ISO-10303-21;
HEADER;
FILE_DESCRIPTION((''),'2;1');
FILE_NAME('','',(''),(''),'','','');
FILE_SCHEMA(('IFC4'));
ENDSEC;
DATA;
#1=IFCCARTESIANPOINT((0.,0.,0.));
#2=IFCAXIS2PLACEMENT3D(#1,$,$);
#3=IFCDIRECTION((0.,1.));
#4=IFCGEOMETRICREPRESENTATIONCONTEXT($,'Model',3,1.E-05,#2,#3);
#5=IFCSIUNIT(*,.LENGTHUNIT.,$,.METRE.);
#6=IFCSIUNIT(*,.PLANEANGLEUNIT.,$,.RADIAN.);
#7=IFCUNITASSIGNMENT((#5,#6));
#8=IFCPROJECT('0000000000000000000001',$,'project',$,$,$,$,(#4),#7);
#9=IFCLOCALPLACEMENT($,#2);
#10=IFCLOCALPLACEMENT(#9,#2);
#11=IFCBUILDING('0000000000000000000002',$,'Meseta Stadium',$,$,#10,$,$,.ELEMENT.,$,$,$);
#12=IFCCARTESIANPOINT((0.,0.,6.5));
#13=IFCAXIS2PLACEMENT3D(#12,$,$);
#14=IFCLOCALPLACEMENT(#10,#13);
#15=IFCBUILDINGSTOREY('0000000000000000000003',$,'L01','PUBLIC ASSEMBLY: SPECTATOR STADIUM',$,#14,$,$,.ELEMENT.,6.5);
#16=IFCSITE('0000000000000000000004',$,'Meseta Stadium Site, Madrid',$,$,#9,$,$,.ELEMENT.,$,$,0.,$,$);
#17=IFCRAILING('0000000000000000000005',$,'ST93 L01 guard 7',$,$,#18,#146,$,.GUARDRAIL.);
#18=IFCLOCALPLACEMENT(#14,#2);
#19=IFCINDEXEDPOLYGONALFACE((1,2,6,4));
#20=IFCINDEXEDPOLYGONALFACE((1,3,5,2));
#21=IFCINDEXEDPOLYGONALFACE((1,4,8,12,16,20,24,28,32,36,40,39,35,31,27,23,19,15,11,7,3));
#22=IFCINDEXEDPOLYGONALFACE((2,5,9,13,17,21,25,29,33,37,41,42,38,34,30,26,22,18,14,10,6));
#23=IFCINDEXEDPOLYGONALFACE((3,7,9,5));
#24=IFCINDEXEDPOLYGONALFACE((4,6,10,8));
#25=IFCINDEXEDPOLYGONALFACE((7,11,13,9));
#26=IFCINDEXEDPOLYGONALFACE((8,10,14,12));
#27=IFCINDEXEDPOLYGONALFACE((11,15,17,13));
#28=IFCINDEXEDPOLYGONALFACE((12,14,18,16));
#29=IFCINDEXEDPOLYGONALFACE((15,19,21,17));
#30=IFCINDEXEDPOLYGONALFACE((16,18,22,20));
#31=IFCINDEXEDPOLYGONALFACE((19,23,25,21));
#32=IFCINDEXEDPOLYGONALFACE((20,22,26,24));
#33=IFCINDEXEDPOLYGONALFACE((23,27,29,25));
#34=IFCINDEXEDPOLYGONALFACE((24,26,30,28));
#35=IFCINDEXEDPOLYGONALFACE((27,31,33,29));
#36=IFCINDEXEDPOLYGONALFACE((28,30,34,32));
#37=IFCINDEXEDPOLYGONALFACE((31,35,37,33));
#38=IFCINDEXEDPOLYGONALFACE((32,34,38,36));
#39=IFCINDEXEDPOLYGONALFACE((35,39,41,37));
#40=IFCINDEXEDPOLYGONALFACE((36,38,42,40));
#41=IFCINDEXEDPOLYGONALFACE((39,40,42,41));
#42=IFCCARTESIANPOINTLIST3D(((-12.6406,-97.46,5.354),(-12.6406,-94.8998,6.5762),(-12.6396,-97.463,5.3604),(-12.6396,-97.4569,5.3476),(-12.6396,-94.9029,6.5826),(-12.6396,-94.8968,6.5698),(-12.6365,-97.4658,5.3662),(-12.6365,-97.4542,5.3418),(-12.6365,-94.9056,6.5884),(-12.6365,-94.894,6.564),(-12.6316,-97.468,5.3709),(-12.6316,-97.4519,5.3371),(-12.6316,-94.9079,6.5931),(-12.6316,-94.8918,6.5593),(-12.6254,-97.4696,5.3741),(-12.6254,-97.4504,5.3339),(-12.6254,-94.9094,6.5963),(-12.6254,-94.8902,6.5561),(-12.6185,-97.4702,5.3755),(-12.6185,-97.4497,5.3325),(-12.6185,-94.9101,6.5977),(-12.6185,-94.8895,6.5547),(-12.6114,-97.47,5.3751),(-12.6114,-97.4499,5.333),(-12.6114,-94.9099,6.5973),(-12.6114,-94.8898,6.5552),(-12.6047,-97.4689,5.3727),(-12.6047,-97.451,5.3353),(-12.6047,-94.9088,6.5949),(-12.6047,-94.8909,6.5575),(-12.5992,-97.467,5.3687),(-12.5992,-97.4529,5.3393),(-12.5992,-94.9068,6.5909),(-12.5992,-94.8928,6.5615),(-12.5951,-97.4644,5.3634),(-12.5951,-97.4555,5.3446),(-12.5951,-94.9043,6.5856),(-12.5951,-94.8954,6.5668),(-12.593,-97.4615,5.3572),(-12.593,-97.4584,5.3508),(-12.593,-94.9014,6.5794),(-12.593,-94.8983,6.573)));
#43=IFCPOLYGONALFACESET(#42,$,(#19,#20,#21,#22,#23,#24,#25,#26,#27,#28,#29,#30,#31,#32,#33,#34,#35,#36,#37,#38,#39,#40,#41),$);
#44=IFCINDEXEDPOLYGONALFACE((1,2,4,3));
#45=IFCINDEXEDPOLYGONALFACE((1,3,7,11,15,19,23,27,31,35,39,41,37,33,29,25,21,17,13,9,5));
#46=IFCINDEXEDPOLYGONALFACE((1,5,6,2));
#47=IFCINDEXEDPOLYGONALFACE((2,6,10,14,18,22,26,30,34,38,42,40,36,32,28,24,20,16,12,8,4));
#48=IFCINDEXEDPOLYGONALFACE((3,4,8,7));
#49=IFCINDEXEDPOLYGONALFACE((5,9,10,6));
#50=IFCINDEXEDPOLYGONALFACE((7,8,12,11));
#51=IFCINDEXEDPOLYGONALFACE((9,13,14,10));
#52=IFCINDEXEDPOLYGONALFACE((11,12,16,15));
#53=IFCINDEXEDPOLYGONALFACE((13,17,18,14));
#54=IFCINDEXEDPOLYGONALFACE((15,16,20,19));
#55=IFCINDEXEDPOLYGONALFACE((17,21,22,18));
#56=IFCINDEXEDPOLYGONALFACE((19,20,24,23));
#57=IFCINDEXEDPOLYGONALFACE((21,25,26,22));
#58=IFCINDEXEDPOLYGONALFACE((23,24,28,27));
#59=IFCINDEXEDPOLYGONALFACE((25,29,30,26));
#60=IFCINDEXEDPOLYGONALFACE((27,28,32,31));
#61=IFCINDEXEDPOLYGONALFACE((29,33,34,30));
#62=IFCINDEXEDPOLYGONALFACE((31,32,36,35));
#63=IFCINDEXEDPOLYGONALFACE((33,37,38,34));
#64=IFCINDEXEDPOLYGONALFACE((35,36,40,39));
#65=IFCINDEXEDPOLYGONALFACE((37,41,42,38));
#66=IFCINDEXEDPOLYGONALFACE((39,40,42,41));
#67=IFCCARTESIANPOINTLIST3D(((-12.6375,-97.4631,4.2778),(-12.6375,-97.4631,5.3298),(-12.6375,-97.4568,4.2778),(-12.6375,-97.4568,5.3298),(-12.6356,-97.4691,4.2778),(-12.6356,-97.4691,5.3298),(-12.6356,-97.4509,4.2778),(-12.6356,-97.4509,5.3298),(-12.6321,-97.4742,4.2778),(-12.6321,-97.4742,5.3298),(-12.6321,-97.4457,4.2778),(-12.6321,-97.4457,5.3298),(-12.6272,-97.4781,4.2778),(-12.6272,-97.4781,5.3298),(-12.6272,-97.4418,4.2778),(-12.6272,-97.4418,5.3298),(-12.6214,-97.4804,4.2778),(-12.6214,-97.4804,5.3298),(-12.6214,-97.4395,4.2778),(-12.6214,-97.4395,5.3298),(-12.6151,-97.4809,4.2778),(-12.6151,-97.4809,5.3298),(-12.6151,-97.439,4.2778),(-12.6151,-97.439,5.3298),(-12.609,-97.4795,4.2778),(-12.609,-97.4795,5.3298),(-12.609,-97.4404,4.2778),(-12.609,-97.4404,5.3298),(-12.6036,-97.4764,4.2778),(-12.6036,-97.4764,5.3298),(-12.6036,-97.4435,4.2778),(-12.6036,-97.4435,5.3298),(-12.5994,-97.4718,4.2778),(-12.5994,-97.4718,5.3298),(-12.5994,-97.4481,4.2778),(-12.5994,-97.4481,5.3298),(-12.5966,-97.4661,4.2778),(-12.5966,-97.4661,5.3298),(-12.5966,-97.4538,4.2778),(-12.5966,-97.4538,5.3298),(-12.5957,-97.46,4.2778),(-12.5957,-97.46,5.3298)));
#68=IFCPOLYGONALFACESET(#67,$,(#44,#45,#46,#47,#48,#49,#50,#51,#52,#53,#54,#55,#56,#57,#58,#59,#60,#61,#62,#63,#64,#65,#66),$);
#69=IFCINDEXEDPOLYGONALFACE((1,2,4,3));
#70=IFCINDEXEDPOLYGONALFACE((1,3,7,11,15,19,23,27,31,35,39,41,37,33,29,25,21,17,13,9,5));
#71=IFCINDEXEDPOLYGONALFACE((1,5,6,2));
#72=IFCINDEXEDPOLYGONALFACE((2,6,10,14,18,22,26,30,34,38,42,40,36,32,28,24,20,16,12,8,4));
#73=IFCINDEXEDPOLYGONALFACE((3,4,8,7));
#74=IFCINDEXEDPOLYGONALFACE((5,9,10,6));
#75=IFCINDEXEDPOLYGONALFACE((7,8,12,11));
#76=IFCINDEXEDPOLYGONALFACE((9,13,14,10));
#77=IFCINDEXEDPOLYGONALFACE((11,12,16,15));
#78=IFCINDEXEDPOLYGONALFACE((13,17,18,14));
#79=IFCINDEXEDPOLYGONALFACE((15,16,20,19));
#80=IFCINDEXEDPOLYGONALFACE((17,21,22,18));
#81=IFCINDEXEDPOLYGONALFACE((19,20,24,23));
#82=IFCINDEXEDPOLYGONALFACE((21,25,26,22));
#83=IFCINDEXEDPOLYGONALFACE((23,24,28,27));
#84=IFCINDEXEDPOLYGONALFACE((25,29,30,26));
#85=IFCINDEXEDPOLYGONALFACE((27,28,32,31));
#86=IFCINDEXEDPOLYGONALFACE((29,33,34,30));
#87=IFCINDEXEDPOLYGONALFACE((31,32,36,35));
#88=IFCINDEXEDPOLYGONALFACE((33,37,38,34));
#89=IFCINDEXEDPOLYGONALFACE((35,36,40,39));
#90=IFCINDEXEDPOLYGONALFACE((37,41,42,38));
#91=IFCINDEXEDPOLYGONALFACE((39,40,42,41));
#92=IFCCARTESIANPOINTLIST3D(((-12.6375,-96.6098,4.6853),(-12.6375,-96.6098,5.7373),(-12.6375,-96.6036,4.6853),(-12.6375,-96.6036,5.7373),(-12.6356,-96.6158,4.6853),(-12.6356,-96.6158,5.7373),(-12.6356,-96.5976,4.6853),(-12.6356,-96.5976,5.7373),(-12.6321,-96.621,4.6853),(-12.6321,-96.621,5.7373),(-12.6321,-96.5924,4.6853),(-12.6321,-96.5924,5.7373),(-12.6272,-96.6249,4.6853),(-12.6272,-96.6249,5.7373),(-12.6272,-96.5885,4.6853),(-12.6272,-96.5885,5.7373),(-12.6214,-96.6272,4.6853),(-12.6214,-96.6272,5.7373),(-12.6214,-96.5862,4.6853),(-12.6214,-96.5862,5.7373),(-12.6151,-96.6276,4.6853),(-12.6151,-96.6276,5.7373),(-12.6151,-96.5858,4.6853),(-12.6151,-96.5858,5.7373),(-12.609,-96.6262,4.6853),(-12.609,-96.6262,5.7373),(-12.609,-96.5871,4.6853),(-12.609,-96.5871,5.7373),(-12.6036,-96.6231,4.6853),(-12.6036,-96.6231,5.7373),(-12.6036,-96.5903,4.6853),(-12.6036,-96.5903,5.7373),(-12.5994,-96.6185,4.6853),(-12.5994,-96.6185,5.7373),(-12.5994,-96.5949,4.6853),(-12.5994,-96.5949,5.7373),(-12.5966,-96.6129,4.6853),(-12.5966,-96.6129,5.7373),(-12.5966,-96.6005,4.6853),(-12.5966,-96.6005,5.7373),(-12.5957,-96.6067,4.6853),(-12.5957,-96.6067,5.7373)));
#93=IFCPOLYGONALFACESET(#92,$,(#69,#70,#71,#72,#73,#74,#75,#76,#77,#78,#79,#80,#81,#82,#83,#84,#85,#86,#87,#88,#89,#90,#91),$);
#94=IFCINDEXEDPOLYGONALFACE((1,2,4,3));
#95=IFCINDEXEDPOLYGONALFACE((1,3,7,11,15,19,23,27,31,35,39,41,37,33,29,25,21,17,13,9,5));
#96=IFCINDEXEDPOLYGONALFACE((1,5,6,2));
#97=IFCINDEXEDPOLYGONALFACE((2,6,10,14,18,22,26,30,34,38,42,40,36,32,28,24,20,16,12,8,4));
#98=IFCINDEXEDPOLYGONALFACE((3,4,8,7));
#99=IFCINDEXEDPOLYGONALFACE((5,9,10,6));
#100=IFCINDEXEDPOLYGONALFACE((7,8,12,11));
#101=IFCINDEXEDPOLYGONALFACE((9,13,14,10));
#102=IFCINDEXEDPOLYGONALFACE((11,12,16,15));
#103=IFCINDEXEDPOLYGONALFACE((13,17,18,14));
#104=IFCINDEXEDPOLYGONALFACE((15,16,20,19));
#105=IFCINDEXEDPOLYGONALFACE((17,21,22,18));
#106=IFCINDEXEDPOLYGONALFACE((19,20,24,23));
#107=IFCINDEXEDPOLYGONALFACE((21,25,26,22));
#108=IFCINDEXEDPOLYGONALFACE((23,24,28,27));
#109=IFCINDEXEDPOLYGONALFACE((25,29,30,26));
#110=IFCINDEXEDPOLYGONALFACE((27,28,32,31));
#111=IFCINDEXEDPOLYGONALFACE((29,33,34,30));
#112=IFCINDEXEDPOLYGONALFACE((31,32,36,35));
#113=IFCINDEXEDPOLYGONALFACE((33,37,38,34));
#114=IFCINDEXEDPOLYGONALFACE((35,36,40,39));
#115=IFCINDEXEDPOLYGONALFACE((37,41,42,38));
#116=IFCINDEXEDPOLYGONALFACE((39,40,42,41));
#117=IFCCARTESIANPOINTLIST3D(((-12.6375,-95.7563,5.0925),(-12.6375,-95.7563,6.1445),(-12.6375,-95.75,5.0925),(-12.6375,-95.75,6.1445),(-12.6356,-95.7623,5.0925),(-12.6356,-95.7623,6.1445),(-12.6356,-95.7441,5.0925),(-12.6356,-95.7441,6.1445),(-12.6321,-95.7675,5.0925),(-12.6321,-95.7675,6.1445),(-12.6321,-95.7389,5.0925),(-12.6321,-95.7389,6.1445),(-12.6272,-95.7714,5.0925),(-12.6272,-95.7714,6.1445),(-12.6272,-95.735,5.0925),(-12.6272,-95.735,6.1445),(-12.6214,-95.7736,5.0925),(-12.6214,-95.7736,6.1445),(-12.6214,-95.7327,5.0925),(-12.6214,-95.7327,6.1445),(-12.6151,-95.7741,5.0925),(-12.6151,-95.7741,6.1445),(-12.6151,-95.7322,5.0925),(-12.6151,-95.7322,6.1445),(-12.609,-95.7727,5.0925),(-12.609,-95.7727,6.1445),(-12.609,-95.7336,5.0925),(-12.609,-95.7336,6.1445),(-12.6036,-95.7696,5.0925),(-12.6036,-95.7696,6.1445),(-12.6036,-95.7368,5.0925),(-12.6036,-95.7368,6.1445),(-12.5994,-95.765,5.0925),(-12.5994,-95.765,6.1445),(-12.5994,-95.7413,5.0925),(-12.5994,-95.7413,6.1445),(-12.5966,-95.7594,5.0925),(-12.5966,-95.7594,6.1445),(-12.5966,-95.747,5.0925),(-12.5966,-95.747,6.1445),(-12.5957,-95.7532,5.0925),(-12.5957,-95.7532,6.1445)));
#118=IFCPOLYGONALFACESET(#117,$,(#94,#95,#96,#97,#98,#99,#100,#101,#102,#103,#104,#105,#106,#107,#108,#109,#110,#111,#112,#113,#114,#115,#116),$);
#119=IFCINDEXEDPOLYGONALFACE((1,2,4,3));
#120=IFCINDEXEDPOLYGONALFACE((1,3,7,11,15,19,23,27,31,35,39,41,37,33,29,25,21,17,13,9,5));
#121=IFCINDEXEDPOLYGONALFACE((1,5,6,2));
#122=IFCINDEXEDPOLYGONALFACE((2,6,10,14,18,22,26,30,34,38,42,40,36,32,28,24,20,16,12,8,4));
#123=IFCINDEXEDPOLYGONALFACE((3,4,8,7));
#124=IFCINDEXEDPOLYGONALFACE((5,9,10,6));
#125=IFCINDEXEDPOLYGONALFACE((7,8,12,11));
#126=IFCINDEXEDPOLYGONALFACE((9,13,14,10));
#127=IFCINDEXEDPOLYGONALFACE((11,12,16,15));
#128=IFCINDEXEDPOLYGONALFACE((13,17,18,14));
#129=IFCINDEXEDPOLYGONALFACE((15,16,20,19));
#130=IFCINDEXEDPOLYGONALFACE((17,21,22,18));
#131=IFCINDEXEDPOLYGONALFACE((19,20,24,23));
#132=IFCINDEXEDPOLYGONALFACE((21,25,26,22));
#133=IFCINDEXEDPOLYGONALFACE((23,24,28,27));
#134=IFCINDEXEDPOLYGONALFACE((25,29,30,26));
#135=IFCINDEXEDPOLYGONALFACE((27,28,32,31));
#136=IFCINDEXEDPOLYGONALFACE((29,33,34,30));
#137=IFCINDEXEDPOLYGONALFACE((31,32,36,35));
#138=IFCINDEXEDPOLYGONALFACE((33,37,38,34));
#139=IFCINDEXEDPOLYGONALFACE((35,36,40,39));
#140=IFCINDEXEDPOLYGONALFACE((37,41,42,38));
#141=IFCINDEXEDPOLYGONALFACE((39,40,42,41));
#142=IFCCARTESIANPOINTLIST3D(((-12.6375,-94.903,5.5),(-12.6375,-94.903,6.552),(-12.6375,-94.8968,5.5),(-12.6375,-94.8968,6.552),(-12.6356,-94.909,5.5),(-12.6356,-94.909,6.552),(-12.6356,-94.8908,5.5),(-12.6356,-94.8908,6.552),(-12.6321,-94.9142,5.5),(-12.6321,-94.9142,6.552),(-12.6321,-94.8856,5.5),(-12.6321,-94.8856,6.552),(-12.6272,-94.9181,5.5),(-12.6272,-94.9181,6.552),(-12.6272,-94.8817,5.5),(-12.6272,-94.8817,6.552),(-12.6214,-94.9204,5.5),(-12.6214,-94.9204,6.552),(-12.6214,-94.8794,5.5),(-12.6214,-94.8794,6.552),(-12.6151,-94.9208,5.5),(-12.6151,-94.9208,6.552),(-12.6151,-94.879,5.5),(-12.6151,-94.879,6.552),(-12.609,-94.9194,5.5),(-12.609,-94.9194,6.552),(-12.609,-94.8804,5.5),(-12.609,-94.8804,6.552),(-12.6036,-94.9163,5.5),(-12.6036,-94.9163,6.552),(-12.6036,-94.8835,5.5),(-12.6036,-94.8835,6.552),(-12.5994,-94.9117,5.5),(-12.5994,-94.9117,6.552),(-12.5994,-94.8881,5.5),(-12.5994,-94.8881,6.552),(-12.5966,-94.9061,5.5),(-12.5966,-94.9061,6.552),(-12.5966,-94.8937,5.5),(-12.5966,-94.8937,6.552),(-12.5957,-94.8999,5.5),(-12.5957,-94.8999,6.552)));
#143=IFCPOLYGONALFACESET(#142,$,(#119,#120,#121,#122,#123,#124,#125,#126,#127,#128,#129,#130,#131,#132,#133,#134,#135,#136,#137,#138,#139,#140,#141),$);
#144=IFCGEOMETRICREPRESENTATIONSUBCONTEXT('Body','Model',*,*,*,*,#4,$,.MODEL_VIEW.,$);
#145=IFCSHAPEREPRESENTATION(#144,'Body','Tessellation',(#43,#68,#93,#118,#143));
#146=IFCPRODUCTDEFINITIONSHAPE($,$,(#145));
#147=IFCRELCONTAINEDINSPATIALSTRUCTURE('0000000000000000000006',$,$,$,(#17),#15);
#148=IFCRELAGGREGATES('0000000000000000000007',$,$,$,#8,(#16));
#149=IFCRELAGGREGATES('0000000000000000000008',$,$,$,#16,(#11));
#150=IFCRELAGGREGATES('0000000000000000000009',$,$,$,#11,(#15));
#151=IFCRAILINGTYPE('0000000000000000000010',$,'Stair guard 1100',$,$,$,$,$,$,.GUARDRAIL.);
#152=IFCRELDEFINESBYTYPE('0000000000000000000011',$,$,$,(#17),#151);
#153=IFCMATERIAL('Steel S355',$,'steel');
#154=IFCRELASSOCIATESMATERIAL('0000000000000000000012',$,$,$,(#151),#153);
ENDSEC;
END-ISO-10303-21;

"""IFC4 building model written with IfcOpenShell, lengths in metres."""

from ifc_helpers import new_model, si_unit, direction, frame, origin, origin_2d, place, context, subcontext, project, spatial, circle, extrude, material, type_object, element, save


model = new_model("IFC4")

# Units and contexts
model_context = context("Model", 3, precision=1e-05, world=origin(), true_north=direction((0.0, 1.0)))
body_context = subcontext(model_context, "Body", "Model", "MODEL_VIEW")
ifc_project = project(units=[si_unit("LENGTHUNIT", "METRE"), si_unit("PLANEANGLEUNIT", "RADIAN")], contexts=[model_context])

# Site, building, storey
site_placement = place(None, origin())
site = spatial("IfcSite", under=ifc_project, at=site_placement, Name="Meseta Stadium Site, Madrid", CompositionType="ELEMENT", RefElevation=0.0)
building_placement = place(site_placement, origin())
building = spatial("IfcBuilding", under=site, at=building_placement, Name="Meseta Stadium", CompositionType="ELEMENT")
storey_placement = place(building_placement, frame((0.0, 0.0, 6.5)))
storey = spatial("IfcBuildingStorey", under=building, at=storey_placement, Name="L01", Description="PUBLIC ASSEMBLY: SPECTATOR STADIUM", CompositionType="ELEMENT", Elevation=6.5)

# Railing
ifc_material_1 = material(Name="Steel S355", Category="steel")
railing_type_1 = type_object("IfcRailingType", Name="Stair guard 1100", PredefinedType="GUARDRAIL", material=ifc_material_1)
railing_1_placement = place(storey_placement, frame((-12.6167, -97.46, 4.2778)))
element("IfcRailing", 1, at=railing_1_placement, inside=storey, type_object=railing_type_1, Name="ST93 L01 guard 7", PredefinedType="GUARDRAIL", context=body_context, shape_type="SweptSolid", body=[
    extrude(circle(Radius=0.0239, at=origin_2d()), frame((0.0, 0.0, 1.0762), z_axis=(0.0, 0.902437, 0.430822), x_axis=(-1.0, 0.0, 0.0)), (0.0, 0.0, 1.0), 2.8369),
    extrude(circle(Radius=0.021, at=origin_2d()), origin(), (0.0, 0.0, 1.0), 1.052),
    extrude(circle(Radius=0.021, at=origin_2d()), frame((0.0, 0.8533, 0.4075)), (0.0, 0.0, 1.0), 1.052),
    extrude(circle(Radius=0.021, at=origin_2d()), frame((0.0, 1.7068, 0.8147)), (0.0, 0.0, 1.0), 1.052),
    extrude(circle(Radius=0.021, at=origin_2d()), frame((0.0, 2.5601, 1.2222)), (0.0, 0.0, 1.0), 1.052),
])

save(model, "model.ifc")
